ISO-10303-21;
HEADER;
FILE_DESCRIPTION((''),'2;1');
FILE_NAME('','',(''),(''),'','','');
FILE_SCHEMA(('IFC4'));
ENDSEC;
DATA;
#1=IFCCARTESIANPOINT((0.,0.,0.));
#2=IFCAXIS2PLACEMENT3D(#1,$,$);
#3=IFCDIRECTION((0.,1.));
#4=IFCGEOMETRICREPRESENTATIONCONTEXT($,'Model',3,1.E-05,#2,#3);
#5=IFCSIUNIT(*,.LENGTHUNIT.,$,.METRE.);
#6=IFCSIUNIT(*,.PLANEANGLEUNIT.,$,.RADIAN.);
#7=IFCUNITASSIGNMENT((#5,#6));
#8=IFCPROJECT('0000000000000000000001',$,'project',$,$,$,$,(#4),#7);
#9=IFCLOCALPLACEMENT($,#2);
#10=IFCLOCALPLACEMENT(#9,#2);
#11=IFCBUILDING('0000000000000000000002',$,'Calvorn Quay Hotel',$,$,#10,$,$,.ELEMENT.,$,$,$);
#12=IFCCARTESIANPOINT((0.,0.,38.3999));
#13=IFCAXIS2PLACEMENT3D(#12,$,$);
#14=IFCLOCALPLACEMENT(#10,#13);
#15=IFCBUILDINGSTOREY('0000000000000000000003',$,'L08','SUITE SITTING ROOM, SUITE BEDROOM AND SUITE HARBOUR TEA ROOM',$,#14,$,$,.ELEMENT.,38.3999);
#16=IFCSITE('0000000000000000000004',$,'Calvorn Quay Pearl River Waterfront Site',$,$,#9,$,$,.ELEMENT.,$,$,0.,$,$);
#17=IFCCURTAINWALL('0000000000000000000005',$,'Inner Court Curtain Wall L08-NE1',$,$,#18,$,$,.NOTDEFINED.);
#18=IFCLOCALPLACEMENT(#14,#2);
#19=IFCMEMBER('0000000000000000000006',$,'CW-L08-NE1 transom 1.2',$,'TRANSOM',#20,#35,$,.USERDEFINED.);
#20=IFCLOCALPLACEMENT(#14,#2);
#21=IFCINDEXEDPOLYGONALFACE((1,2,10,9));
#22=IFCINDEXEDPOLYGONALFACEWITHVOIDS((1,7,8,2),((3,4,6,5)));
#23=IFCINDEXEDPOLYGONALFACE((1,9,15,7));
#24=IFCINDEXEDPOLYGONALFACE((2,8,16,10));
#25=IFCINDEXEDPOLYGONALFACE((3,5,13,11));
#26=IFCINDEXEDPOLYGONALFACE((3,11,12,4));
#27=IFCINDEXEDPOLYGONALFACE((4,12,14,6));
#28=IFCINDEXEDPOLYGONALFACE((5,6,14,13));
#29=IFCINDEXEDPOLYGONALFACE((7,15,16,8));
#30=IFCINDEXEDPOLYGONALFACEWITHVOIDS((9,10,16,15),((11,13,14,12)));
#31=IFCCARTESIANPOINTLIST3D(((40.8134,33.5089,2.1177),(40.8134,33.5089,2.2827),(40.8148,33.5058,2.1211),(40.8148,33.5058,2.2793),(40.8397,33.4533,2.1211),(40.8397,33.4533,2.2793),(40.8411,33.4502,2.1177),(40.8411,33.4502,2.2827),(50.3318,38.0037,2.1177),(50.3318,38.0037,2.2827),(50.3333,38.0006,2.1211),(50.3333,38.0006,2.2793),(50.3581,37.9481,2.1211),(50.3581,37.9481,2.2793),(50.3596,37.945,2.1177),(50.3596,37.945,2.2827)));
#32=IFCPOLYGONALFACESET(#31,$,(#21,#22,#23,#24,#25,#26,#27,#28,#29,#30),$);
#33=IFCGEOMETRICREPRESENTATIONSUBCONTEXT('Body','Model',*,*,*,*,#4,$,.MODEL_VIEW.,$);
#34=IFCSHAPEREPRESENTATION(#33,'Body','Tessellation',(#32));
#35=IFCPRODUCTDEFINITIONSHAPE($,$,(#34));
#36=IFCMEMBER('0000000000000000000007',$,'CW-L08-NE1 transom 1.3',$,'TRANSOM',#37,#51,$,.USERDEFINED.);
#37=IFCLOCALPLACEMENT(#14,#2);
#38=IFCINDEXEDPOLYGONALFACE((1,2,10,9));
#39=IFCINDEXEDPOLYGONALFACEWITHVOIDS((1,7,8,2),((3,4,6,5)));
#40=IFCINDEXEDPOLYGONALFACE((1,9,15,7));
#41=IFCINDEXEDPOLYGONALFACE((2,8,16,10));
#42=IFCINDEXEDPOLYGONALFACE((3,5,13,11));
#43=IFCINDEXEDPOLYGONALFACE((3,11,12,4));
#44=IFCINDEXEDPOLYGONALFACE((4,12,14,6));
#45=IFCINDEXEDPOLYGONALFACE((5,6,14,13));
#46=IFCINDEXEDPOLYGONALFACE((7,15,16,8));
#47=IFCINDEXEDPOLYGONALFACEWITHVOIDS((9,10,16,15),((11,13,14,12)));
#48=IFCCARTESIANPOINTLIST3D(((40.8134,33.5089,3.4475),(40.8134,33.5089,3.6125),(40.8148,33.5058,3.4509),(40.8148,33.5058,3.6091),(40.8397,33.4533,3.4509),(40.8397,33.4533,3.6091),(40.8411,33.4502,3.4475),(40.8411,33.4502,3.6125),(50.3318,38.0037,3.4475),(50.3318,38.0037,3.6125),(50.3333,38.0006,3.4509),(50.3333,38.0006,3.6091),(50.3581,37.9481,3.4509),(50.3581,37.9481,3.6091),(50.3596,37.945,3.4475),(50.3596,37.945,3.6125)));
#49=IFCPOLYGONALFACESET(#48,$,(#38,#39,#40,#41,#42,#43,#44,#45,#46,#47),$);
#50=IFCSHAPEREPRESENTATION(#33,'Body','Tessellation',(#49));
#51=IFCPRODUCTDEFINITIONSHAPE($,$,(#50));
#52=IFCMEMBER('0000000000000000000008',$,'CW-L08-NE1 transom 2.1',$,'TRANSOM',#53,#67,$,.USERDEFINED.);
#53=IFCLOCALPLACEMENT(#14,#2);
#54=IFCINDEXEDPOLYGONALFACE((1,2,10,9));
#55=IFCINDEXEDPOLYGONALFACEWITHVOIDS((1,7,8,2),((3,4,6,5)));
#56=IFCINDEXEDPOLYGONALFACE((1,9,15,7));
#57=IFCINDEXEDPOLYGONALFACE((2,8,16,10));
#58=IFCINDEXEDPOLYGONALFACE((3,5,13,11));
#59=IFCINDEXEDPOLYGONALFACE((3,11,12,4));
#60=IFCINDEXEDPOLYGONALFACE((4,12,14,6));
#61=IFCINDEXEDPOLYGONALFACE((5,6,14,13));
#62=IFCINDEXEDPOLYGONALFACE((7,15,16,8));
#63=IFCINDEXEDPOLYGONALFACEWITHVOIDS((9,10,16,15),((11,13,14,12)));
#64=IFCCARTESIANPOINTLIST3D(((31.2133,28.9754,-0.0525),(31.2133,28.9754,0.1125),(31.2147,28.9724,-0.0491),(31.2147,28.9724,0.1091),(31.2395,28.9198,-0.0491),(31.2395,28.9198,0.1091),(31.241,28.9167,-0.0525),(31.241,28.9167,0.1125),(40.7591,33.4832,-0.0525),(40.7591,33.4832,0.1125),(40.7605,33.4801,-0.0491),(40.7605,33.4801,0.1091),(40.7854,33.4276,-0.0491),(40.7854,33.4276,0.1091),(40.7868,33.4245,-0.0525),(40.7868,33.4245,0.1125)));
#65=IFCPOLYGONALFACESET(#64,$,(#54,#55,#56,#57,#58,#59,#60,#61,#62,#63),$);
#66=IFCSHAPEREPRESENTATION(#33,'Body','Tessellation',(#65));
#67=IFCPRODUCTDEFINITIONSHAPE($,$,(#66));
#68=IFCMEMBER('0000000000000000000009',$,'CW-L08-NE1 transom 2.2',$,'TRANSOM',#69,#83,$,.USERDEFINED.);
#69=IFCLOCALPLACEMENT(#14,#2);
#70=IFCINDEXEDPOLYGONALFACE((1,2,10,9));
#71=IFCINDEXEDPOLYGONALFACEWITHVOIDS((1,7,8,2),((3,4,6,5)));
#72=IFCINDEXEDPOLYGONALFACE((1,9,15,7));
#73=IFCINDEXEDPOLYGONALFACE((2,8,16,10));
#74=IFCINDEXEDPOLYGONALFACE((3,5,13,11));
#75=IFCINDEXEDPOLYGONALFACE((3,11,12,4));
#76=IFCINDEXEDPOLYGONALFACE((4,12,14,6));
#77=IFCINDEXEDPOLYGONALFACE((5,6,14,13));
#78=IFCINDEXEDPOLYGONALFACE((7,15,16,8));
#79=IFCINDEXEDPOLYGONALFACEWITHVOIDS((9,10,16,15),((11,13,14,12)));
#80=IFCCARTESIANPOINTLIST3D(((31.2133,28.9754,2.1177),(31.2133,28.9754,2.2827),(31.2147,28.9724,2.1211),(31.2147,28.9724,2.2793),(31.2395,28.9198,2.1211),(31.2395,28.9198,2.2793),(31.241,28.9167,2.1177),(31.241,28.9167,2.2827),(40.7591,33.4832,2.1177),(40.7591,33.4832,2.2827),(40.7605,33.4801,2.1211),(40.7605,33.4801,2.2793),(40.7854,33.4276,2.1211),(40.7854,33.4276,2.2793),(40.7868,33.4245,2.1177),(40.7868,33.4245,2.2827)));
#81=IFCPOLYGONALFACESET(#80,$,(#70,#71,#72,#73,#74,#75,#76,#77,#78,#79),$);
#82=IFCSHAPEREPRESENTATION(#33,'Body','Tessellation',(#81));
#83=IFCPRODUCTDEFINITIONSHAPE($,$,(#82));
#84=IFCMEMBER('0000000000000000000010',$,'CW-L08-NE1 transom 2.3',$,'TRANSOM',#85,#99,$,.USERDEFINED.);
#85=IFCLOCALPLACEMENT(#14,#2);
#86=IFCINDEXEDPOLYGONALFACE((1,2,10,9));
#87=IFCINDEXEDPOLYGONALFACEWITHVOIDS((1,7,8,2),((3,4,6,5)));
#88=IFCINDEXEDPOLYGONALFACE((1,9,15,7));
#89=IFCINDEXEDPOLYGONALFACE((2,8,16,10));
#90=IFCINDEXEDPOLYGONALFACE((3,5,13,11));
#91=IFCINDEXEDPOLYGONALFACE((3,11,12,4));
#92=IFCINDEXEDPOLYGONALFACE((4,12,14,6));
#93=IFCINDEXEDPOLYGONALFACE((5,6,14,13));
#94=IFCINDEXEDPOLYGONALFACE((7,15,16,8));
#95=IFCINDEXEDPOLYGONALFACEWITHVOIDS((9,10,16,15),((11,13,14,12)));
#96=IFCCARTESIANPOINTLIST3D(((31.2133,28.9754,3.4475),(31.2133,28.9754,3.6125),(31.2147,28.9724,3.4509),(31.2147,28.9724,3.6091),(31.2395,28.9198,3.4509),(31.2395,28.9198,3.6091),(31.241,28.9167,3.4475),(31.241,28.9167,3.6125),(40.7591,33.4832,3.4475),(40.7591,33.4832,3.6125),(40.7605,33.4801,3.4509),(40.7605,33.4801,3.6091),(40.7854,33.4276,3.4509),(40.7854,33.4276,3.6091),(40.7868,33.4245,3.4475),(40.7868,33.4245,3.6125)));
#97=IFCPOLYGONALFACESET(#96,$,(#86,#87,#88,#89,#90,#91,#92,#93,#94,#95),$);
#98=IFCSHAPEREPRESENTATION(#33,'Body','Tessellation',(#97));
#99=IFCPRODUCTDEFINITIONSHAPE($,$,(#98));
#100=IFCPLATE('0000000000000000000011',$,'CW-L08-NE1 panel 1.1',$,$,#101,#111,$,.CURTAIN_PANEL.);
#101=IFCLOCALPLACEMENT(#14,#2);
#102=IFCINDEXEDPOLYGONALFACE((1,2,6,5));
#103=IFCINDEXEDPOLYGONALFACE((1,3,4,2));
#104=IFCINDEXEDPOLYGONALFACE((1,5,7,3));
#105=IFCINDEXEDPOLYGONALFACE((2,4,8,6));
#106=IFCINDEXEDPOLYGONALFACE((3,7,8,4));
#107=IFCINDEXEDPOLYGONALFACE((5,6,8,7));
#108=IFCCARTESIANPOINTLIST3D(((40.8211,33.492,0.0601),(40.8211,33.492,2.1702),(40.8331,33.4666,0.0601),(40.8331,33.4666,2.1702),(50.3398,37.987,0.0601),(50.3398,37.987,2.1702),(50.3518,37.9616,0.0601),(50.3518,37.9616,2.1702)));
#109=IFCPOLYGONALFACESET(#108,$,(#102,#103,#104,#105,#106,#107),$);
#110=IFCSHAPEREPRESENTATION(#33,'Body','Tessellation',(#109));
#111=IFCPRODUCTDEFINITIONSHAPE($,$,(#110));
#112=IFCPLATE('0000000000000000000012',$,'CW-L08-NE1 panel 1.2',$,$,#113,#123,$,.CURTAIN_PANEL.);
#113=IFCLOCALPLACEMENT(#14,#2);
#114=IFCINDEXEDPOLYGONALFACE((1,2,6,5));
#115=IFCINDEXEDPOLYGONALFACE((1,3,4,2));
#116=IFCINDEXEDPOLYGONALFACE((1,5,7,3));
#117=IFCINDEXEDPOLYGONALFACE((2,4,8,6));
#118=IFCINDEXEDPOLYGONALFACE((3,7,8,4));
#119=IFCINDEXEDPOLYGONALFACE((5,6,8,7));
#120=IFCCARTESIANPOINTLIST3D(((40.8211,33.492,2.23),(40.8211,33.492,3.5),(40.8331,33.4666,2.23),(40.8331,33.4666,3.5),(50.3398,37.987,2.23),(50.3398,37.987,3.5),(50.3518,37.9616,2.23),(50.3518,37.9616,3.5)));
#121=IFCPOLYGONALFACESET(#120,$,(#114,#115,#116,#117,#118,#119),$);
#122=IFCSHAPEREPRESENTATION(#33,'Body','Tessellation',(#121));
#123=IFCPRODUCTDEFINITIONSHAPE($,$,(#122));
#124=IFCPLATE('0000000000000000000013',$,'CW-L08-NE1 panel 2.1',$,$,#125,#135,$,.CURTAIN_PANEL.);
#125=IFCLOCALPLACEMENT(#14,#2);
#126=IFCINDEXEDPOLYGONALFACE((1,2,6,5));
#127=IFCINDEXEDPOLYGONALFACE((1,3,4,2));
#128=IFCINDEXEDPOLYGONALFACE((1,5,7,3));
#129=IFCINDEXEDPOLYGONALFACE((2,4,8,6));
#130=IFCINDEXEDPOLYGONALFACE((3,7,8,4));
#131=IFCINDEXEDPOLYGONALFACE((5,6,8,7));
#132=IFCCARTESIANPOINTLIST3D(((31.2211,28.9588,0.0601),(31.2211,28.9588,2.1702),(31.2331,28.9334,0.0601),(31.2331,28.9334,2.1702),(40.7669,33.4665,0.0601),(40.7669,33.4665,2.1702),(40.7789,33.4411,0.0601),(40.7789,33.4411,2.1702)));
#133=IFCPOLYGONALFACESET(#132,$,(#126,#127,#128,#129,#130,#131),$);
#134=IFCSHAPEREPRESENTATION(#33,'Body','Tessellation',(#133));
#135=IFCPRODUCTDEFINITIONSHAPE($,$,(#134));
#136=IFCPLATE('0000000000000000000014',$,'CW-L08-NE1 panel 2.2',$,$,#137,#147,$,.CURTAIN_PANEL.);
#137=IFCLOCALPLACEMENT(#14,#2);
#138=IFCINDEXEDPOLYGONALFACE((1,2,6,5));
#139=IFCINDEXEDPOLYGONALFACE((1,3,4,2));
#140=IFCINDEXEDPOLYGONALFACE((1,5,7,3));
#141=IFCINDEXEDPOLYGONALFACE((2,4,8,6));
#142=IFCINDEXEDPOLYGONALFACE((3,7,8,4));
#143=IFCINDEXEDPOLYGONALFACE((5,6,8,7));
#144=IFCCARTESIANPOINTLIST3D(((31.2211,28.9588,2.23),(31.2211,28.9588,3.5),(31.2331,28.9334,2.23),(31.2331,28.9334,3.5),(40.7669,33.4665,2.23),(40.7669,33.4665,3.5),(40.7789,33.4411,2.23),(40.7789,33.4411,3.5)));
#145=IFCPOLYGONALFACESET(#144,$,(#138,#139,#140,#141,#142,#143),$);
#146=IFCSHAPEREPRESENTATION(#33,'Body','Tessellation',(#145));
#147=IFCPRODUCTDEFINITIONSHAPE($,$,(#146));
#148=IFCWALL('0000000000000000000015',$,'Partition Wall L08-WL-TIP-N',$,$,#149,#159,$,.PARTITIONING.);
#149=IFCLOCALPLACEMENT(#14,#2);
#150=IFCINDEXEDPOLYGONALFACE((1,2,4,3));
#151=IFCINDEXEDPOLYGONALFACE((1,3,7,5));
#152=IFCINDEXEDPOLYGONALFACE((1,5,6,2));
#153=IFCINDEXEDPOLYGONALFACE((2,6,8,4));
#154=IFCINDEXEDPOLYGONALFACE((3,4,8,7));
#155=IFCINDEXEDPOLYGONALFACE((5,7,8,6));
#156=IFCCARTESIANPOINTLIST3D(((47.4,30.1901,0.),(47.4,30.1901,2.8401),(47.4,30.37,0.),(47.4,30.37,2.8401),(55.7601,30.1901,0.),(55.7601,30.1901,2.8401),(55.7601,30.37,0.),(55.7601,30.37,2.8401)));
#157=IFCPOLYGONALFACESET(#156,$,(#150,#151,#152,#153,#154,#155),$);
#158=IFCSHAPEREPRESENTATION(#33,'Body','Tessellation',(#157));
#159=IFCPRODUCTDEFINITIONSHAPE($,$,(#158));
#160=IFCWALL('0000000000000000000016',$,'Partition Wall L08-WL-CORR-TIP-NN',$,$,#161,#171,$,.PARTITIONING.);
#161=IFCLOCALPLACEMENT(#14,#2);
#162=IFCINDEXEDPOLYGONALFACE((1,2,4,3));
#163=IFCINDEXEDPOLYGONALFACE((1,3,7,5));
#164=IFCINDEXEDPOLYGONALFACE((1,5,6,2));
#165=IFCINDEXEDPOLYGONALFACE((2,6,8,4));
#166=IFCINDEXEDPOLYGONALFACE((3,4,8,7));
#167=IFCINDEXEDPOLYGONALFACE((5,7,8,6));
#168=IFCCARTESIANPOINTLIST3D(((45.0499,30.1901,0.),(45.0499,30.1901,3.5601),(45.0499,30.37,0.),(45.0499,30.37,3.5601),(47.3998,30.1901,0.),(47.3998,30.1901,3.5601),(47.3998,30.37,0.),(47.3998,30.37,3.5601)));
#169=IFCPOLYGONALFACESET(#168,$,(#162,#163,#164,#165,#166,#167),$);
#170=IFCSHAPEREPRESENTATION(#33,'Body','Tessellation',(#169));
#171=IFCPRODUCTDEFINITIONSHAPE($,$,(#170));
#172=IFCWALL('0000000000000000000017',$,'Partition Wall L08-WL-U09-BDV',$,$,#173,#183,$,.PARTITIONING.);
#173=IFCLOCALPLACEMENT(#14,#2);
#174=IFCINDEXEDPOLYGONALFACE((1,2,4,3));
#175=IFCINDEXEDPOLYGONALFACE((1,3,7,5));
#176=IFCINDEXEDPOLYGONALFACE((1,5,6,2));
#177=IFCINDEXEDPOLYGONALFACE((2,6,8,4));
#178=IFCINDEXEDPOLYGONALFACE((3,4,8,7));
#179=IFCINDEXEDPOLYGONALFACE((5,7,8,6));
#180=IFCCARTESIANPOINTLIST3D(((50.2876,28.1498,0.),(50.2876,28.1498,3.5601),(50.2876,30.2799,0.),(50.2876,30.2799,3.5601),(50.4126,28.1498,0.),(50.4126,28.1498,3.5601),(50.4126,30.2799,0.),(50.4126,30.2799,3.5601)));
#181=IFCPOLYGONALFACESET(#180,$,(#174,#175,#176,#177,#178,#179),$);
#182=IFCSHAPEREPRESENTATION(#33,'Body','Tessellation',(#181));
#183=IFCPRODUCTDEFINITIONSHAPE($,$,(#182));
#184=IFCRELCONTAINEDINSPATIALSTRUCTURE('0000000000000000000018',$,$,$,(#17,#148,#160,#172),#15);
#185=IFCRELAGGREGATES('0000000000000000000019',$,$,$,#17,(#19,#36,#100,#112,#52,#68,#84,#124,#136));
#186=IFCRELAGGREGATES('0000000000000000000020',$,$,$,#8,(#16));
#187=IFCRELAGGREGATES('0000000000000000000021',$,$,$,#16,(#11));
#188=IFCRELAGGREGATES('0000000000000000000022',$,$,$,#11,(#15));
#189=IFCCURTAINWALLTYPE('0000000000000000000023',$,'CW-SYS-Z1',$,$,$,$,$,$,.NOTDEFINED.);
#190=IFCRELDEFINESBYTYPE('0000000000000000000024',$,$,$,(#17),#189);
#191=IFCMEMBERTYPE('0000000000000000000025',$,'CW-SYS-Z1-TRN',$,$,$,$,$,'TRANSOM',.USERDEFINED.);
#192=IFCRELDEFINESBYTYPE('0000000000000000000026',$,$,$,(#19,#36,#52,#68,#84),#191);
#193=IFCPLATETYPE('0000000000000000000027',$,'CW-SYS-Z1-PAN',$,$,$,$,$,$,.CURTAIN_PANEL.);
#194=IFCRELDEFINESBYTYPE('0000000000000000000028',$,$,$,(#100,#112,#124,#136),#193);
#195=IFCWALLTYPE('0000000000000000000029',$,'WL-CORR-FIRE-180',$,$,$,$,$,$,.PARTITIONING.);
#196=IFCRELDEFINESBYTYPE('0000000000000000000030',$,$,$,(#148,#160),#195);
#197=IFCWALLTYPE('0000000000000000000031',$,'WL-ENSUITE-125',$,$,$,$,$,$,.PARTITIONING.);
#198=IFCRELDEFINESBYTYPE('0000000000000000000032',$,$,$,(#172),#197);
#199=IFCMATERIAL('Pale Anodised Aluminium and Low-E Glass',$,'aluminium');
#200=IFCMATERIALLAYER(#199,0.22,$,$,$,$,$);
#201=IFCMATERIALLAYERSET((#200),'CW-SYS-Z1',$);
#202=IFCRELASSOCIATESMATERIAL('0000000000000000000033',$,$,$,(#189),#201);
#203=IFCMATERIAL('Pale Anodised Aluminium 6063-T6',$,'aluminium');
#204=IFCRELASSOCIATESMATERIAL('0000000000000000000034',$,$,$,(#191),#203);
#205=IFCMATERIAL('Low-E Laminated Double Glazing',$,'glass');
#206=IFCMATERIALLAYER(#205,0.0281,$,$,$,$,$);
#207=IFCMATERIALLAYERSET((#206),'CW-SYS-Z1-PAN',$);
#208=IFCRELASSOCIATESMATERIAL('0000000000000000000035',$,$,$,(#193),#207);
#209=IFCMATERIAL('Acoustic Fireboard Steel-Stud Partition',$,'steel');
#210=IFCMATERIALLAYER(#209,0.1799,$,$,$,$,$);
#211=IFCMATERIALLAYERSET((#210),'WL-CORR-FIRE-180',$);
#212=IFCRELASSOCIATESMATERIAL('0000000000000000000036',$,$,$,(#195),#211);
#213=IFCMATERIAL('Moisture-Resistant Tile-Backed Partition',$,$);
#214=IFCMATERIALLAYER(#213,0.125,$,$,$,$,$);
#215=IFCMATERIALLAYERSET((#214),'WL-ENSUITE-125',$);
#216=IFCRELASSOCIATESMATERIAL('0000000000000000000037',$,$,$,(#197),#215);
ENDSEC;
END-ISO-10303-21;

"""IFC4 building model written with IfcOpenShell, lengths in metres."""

from ifc_helpers import new_model, si_unit, direction, frame, frame_2d, origin, origin_2d, place, context, subcontext, project, spatial, rectangle, hollow_rectangle, extrude, material, layer, layer_set, material_profile, profile_set, type_object, element, aggregate, save


model = new_model("IFC4")

# Units and contexts
model_context = context("Model", 3, precision=1e-05, world=origin(), true_north=direction((0.0, 1.0)))
body_context = subcontext(model_context, "Body", "Model", "MODEL_VIEW")
ifc_project = project(units=[si_unit("LENGTHUNIT", "METRE"), si_unit("PLANEANGLEUNIT", "RADIAN")], contexts=[model_context])

# Site, building, storey
site_placement = place(None, origin())
site = spatial("IfcSite", under=ifc_project, at=site_placement, Name="Calvorn Quay Pearl River Waterfront Site", CompositionType="ELEMENT", RefElevation=0.0)
building_placement = place(site_placement, origin())
building = spatial("IfcBuilding", under=site, at=building_placement, Name="Calvorn Quay Hotel", CompositionType="ELEMENT")
storey_placement = place(building_placement, frame((0.0, 0.0, 38.3999)))
storey = spatial("IfcBuildingStorey", under=building, at=storey_placement, Name="L08", Description="SUITE SITTING ROOM, SUITE BEDROOM AND SUITE HARBOUR TEA ROOM", CompositionType="ELEMENT", Elevation=38.3999)

# Curtain wall, members, plates
ifc_material_1 = material(Name="Pale Anodised Aluminium and Low-E Glass", Category="aluminium")
ifc_layer_1 = layer(ifc_material_1, 0.22)
ifc_layer_set_1 = layer_set([ifc_layer_1], Name="CW-SYS-Z1")
curtain_wall_type = type_object("IfcCurtainWallType", Name="CW-SYS-Z1", PredefinedType="NOTDEFINED", material=ifc_layer_set_1)
curtain_wall_placement = place(storey_placement, origin())
curtain_wall = element("IfcCurtainWall", 1, at=curtain_wall_placement, inside=storey, type_object=curtain_wall_type, Name="Inner Court Curtain Wall L08-NE1", PredefinedType="NOTDEFINED")
ifc_material_2 = material(Name="Pale Anodised Aluminium 6063-T6", Category="aluminium")
ifc_material_profile_1 = material_profile(ifc_material_2, hollow_rectangle(XDim=0.0649, YDim=0.165, WallThickness=0.0034, at=origin_2d()), Name="ALU-T165x65x3.5")
ifc_profile_set_1 = profile_set([ifc_material_profile_1], Name="Pale Anodised Aluminium 6063-T6")
member_type_1 = type_object("IfcMemberType", Name="CW-SYS-Z1-TRN", ElementType="TRANSOM", PredefinedType="USERDEFINED", material=ifc_profile_set_1)
member_1_placement = place(storey_placement, frame((50.3457, 37.9744, 2.2002), z_axis=(-0.904249, -0.427006, 0.0), x_axis=(0.427006, -0.904249, 0.0)))
member_1 = element("IfcMember", 2, at=member_1_placement, type_object=member_type_1, Name="CW-L08-NE1 transom 1.2", ObjectType="TRANSOM", PredefinedType="USERDEFINED", context=body_context, shape_type="SweptSolid", body=[
    extrude(hollow_rectangle(XDim=0.0649, YDim=0.165, WallThickness=0.0034, at=origin_2d()), origin(), (0.0, 0.0, 1.0), 10.5264),
])
member_2_placement = place(storey_placement, frame((50.3457, 37.9744, 3.53), z_axis=(-0.904249, -0.427006, 0.0), x_axis=(0.427006, -0.904249, 0.0)))
member_2 = element("IfcMember", 3, at=member_2_placement, type_object=member_type_1, Name="CW-L08-NE1 transom 1.3", ObjectType="TRANSOM", PredefinedType="USERDEFINED", context=body_context, shape_type="SweptSolid", body=[
    extrude(hollow_rectangle(XDim=0.0649, YDim=0.165, WallThickness=0.0034, at=origin_2d()), origin(), (0.0, 0.0, 1.0), 10.5264),
])
member_3_placement = place(storey_placement, frame((40.7729, 33.4539, 0.03), z_axis=(-0.904248, -0.427008, 0.0), x_axis=(0.427008, -0.904248, 0.0)))
member_3 = element("IfcMember", 4, at=member_3_placement, type_object=member_type_1, Name="CW-L08-NE1 transom 2.1", ObjectType="TRANSOM", PredefinedType="USERDEFINED", context=body_context, shape_type="SweptSolid", body=[
    extrude(hollow_rectangle(XDim=0.0649, YDim=0.165, WallThickness=0.0034, at=origin_2d()), origin(), (0.0, 0.0, 1.0), 10.5566),
])
member_4_placement = place(storey_placement, frame((40.7729, 33.4539, 2.2002), z_axis=(-0.904248, -0.427008, 0.0), x_axis=(0.427008, -0.904248, 0.0)))
member_4 = element("IfcMember", 5, at=member_4_placement, type_object=member_type_1, Name="CW-L08-NE1 transom 2.2", ObjectType="TRANSOM", PredefinedType="USERDEFINED", context=body_context, shape_type="SweptSolid", body=[
    extrude(hollow_rectangle(XDim=0.0649, YDim=0.165, WallThickness=0.0034, at=origin_2d()), origin(), (0.0, 0.0, 1.0), 10.5566),
])
member_5_placement = place(storey_placement, frame((40.7729, 33.4539, 3.53), z_axis=(-0.904248, -0.427008, 0.0), x_axis=(0.427008, -0.904248, 0.0)))
member_5 = element("IfcMember", 6, at=member_5_placement, type_object=member_type_1, Name="CW-L08-NE1 transom 2.3", ObjectType="TRANSOM", PredefinedType="USERDEFINED", context=body_context, shape_type="SweptSolid", body=[
    extrude(hollow_rectangle(XDim=0.0649, YDim=0.165, WallThickness=0.0034, at=origin_2d()), origin(), (0.0, 0.0, 1.0), 10.5566),
])
ifc_material_3 = material(Name="Low-E Laminated Double Glazing", Category="glass")
ifc_layer_2 = layer(ifc_material_3, 0.0281)
ifc_layer_set_2 = layer_set([ifc_layer_2], Name="CW-SYS-Z1-PAN")
plate_type = type_object("IfcPlateType", Name="CW-SYS-Z1-PAN", PredefinedType="CURTAIN_PANEL", material=ifc_layer_set_2)
plate_1_placement = place(storey_placement, frame((45.5864, 35.7268, 0.0601), z_axis=(0.0, 0.0, 1.0), x_axis=(-0.904249, -0.427006, 0.0)))
plate_1 = element("IfcPlate", 7, at=plate_1_placement, type_object=plate_type, Name="CW-L08-NE1 panel 1.1", PredefinedType="CURTAIN_PANEL", context=body_context, shape_type="SweptSolid", body=[
    extrude(rectangle(XDim=10.5266, YDim=0.0281, at=origin_2d()), origin(), (0.0, 0.0, 1.0), 2.1101),
])
plate_2_placement = place(storey_placement, frame((45.5864, 35.7268, 2.23), z_axis=(0.0, 0.0, 1.0), x_axis=(-0.904249, -0.427006, 0.0)))
plate_2 = element("IfcPlate", 8, at=plate_2_placement, type_object=plate_type, Name="CW-L08-NE1 panel 1.2", PredefinedType="CURTAIN_PANEL", context=body_context, shape_type="SweptSolid", body=[
    extrude(rectangle(XDim=10.5266, YDim=0.0281, at=origin_2d()), origin(), (0.0, 0.0, 1.0), 1.27),
])
plate_3_placement = place(storey_placement, frame((36.0, 31.2, 0.0601), z_axis=(0.0, 0.0, 1.0), x_axis=(-0.904249, -0.427006, 0.0)))
plate_3 = element("IfcPlate", 9, at=plate_3_placement, type_object=plate_type, Name="CW-L08-NE1 panel 2.1", PredefinedType="CURTAIN_PANEL", context=body_context, shape_type="SweptSolid", body=[
    extrude(rectangle(XDim=10.5566, YDim=0.0281, at=origin_2d()), origin(), (0.0, 0.0, 1.0), 2.1101),
])
plate_4_placement = place(storey_placement, frame((36.0, 31.2, 2.23), z_axis=(0.0, 0.0, 1.0), x_axis=(-0.904249, -0.427006, 0.0)))
plate_4 = element("IfcPlate", 10, at=plate_4_placement, type_object=plate_type, Name="CW-L08-NE1 panel 2.2", PredefinedType="CURTAIN_PANEL", context=body_context, shape_type="SweptSolid", body=[
    extrude(rectangle(XDim=10.5566, YDim=0.0281, at=origin_2d()), origin(), (0.0, 0.0, 1.0), 1.27),
])
aggregate(curtain_wall, [member_1, member_2, plate_1, plate_2, member_3, member_4, member_5, plate_3, plate_4])

# Walls
ifc_material_4 = material(Name="Acoustic Fireboard Steel-Stud Partition", Category="steel")
ifc_layer_3 = layer(ifc_material_4, 0.1799)
ifc_layer_set_3 = layer_set([ifc_layer_3], Name="WL-CORR-FIRE-180")
wall_type_1 = type_object("IfcWallType", Name="WL-CORR-FIRE-180", PredefinedType="PARTITIONING", material=ifc_layer_set_3)
wall_1_placement = place(storey_placement, frame((47.3999, 30.28, 0.0), z_axis=(0.0, 0.0, 1.0), x_axis=(1.0, 0.0, 0.0)))
element("IfcWall", 11, at=wall_1_placement, inside=storey, type_object=wall_type_1, Name="Partition Wall L08-WL-TIP-N", PredefinedType="PARTITIONING", context=body_context, shape_type="SweptSolid", body=[
    extrude(rectangle(XDim=8.3601, YDim=0.1799, at=frame_2d((4.1802, 0.0))), origin(), (0.0, 0.0, 1.0), 2.8401),
])
wall_2_placement = place(storey_placement, frame((45.05, 30.28, 0.0), z_axis=(0.0, 0.0, 1.0), x_axis=(1.0, 0.0, 0.0)))
element("IfcWall", 12, at=wall_2_placement, inside=storey, type_object=wall_type_1, Name="Partition Wall L08-WL-CORR-TIP-NN", PredefinedType="PARTITIONING", context=body_context, shape_type="SweptSolid", body=[
    extrude(rectangle(XDim=2.3499, YDim=0.1799, at=frame_2d((1.1748, 0.0))), origin(), (0.0, 0.0, 1.0), 3.5601),
])
ifc_material_5 = material(Name="Moisture-Resistant Tile-Backed Partition")
ifc_layer_4 = layer(ifc_material_5, 0.125)
ifc_layer_set_4 = layer_set([ifc_layer_4], Name="WL-ENSUITE-125")
wall_type_2 = type_object("IfcWallType", Name="WL-ENSUITE-125", PredefinedType="PARTITIONING", material=ifc_layer_set_4)
wall_3_placement = place(storey_placement, frame((50.3501, 28.1499, 0.0), z_axis=(0.0, 0.0, 1.0), x_axis=(0.0, 1.0, 0.0)))
element("IfcWall", 13, at=wall_3_placement, inside=storey, type_object=wall_type_2, Name="Partition Wall L08-WL-U09-BDV", PredefinedType="PARTITIONING", context=body_context, shape_type="SweptSolid", body=[
    extrude(rectangle(XDim=2.1301, YDim=0.125, at=frame_2d((1.0649, 0.0))), origin(), (0.0, 0.0, 1.0), 3.5601),
])

save(model, "model.ifc")
